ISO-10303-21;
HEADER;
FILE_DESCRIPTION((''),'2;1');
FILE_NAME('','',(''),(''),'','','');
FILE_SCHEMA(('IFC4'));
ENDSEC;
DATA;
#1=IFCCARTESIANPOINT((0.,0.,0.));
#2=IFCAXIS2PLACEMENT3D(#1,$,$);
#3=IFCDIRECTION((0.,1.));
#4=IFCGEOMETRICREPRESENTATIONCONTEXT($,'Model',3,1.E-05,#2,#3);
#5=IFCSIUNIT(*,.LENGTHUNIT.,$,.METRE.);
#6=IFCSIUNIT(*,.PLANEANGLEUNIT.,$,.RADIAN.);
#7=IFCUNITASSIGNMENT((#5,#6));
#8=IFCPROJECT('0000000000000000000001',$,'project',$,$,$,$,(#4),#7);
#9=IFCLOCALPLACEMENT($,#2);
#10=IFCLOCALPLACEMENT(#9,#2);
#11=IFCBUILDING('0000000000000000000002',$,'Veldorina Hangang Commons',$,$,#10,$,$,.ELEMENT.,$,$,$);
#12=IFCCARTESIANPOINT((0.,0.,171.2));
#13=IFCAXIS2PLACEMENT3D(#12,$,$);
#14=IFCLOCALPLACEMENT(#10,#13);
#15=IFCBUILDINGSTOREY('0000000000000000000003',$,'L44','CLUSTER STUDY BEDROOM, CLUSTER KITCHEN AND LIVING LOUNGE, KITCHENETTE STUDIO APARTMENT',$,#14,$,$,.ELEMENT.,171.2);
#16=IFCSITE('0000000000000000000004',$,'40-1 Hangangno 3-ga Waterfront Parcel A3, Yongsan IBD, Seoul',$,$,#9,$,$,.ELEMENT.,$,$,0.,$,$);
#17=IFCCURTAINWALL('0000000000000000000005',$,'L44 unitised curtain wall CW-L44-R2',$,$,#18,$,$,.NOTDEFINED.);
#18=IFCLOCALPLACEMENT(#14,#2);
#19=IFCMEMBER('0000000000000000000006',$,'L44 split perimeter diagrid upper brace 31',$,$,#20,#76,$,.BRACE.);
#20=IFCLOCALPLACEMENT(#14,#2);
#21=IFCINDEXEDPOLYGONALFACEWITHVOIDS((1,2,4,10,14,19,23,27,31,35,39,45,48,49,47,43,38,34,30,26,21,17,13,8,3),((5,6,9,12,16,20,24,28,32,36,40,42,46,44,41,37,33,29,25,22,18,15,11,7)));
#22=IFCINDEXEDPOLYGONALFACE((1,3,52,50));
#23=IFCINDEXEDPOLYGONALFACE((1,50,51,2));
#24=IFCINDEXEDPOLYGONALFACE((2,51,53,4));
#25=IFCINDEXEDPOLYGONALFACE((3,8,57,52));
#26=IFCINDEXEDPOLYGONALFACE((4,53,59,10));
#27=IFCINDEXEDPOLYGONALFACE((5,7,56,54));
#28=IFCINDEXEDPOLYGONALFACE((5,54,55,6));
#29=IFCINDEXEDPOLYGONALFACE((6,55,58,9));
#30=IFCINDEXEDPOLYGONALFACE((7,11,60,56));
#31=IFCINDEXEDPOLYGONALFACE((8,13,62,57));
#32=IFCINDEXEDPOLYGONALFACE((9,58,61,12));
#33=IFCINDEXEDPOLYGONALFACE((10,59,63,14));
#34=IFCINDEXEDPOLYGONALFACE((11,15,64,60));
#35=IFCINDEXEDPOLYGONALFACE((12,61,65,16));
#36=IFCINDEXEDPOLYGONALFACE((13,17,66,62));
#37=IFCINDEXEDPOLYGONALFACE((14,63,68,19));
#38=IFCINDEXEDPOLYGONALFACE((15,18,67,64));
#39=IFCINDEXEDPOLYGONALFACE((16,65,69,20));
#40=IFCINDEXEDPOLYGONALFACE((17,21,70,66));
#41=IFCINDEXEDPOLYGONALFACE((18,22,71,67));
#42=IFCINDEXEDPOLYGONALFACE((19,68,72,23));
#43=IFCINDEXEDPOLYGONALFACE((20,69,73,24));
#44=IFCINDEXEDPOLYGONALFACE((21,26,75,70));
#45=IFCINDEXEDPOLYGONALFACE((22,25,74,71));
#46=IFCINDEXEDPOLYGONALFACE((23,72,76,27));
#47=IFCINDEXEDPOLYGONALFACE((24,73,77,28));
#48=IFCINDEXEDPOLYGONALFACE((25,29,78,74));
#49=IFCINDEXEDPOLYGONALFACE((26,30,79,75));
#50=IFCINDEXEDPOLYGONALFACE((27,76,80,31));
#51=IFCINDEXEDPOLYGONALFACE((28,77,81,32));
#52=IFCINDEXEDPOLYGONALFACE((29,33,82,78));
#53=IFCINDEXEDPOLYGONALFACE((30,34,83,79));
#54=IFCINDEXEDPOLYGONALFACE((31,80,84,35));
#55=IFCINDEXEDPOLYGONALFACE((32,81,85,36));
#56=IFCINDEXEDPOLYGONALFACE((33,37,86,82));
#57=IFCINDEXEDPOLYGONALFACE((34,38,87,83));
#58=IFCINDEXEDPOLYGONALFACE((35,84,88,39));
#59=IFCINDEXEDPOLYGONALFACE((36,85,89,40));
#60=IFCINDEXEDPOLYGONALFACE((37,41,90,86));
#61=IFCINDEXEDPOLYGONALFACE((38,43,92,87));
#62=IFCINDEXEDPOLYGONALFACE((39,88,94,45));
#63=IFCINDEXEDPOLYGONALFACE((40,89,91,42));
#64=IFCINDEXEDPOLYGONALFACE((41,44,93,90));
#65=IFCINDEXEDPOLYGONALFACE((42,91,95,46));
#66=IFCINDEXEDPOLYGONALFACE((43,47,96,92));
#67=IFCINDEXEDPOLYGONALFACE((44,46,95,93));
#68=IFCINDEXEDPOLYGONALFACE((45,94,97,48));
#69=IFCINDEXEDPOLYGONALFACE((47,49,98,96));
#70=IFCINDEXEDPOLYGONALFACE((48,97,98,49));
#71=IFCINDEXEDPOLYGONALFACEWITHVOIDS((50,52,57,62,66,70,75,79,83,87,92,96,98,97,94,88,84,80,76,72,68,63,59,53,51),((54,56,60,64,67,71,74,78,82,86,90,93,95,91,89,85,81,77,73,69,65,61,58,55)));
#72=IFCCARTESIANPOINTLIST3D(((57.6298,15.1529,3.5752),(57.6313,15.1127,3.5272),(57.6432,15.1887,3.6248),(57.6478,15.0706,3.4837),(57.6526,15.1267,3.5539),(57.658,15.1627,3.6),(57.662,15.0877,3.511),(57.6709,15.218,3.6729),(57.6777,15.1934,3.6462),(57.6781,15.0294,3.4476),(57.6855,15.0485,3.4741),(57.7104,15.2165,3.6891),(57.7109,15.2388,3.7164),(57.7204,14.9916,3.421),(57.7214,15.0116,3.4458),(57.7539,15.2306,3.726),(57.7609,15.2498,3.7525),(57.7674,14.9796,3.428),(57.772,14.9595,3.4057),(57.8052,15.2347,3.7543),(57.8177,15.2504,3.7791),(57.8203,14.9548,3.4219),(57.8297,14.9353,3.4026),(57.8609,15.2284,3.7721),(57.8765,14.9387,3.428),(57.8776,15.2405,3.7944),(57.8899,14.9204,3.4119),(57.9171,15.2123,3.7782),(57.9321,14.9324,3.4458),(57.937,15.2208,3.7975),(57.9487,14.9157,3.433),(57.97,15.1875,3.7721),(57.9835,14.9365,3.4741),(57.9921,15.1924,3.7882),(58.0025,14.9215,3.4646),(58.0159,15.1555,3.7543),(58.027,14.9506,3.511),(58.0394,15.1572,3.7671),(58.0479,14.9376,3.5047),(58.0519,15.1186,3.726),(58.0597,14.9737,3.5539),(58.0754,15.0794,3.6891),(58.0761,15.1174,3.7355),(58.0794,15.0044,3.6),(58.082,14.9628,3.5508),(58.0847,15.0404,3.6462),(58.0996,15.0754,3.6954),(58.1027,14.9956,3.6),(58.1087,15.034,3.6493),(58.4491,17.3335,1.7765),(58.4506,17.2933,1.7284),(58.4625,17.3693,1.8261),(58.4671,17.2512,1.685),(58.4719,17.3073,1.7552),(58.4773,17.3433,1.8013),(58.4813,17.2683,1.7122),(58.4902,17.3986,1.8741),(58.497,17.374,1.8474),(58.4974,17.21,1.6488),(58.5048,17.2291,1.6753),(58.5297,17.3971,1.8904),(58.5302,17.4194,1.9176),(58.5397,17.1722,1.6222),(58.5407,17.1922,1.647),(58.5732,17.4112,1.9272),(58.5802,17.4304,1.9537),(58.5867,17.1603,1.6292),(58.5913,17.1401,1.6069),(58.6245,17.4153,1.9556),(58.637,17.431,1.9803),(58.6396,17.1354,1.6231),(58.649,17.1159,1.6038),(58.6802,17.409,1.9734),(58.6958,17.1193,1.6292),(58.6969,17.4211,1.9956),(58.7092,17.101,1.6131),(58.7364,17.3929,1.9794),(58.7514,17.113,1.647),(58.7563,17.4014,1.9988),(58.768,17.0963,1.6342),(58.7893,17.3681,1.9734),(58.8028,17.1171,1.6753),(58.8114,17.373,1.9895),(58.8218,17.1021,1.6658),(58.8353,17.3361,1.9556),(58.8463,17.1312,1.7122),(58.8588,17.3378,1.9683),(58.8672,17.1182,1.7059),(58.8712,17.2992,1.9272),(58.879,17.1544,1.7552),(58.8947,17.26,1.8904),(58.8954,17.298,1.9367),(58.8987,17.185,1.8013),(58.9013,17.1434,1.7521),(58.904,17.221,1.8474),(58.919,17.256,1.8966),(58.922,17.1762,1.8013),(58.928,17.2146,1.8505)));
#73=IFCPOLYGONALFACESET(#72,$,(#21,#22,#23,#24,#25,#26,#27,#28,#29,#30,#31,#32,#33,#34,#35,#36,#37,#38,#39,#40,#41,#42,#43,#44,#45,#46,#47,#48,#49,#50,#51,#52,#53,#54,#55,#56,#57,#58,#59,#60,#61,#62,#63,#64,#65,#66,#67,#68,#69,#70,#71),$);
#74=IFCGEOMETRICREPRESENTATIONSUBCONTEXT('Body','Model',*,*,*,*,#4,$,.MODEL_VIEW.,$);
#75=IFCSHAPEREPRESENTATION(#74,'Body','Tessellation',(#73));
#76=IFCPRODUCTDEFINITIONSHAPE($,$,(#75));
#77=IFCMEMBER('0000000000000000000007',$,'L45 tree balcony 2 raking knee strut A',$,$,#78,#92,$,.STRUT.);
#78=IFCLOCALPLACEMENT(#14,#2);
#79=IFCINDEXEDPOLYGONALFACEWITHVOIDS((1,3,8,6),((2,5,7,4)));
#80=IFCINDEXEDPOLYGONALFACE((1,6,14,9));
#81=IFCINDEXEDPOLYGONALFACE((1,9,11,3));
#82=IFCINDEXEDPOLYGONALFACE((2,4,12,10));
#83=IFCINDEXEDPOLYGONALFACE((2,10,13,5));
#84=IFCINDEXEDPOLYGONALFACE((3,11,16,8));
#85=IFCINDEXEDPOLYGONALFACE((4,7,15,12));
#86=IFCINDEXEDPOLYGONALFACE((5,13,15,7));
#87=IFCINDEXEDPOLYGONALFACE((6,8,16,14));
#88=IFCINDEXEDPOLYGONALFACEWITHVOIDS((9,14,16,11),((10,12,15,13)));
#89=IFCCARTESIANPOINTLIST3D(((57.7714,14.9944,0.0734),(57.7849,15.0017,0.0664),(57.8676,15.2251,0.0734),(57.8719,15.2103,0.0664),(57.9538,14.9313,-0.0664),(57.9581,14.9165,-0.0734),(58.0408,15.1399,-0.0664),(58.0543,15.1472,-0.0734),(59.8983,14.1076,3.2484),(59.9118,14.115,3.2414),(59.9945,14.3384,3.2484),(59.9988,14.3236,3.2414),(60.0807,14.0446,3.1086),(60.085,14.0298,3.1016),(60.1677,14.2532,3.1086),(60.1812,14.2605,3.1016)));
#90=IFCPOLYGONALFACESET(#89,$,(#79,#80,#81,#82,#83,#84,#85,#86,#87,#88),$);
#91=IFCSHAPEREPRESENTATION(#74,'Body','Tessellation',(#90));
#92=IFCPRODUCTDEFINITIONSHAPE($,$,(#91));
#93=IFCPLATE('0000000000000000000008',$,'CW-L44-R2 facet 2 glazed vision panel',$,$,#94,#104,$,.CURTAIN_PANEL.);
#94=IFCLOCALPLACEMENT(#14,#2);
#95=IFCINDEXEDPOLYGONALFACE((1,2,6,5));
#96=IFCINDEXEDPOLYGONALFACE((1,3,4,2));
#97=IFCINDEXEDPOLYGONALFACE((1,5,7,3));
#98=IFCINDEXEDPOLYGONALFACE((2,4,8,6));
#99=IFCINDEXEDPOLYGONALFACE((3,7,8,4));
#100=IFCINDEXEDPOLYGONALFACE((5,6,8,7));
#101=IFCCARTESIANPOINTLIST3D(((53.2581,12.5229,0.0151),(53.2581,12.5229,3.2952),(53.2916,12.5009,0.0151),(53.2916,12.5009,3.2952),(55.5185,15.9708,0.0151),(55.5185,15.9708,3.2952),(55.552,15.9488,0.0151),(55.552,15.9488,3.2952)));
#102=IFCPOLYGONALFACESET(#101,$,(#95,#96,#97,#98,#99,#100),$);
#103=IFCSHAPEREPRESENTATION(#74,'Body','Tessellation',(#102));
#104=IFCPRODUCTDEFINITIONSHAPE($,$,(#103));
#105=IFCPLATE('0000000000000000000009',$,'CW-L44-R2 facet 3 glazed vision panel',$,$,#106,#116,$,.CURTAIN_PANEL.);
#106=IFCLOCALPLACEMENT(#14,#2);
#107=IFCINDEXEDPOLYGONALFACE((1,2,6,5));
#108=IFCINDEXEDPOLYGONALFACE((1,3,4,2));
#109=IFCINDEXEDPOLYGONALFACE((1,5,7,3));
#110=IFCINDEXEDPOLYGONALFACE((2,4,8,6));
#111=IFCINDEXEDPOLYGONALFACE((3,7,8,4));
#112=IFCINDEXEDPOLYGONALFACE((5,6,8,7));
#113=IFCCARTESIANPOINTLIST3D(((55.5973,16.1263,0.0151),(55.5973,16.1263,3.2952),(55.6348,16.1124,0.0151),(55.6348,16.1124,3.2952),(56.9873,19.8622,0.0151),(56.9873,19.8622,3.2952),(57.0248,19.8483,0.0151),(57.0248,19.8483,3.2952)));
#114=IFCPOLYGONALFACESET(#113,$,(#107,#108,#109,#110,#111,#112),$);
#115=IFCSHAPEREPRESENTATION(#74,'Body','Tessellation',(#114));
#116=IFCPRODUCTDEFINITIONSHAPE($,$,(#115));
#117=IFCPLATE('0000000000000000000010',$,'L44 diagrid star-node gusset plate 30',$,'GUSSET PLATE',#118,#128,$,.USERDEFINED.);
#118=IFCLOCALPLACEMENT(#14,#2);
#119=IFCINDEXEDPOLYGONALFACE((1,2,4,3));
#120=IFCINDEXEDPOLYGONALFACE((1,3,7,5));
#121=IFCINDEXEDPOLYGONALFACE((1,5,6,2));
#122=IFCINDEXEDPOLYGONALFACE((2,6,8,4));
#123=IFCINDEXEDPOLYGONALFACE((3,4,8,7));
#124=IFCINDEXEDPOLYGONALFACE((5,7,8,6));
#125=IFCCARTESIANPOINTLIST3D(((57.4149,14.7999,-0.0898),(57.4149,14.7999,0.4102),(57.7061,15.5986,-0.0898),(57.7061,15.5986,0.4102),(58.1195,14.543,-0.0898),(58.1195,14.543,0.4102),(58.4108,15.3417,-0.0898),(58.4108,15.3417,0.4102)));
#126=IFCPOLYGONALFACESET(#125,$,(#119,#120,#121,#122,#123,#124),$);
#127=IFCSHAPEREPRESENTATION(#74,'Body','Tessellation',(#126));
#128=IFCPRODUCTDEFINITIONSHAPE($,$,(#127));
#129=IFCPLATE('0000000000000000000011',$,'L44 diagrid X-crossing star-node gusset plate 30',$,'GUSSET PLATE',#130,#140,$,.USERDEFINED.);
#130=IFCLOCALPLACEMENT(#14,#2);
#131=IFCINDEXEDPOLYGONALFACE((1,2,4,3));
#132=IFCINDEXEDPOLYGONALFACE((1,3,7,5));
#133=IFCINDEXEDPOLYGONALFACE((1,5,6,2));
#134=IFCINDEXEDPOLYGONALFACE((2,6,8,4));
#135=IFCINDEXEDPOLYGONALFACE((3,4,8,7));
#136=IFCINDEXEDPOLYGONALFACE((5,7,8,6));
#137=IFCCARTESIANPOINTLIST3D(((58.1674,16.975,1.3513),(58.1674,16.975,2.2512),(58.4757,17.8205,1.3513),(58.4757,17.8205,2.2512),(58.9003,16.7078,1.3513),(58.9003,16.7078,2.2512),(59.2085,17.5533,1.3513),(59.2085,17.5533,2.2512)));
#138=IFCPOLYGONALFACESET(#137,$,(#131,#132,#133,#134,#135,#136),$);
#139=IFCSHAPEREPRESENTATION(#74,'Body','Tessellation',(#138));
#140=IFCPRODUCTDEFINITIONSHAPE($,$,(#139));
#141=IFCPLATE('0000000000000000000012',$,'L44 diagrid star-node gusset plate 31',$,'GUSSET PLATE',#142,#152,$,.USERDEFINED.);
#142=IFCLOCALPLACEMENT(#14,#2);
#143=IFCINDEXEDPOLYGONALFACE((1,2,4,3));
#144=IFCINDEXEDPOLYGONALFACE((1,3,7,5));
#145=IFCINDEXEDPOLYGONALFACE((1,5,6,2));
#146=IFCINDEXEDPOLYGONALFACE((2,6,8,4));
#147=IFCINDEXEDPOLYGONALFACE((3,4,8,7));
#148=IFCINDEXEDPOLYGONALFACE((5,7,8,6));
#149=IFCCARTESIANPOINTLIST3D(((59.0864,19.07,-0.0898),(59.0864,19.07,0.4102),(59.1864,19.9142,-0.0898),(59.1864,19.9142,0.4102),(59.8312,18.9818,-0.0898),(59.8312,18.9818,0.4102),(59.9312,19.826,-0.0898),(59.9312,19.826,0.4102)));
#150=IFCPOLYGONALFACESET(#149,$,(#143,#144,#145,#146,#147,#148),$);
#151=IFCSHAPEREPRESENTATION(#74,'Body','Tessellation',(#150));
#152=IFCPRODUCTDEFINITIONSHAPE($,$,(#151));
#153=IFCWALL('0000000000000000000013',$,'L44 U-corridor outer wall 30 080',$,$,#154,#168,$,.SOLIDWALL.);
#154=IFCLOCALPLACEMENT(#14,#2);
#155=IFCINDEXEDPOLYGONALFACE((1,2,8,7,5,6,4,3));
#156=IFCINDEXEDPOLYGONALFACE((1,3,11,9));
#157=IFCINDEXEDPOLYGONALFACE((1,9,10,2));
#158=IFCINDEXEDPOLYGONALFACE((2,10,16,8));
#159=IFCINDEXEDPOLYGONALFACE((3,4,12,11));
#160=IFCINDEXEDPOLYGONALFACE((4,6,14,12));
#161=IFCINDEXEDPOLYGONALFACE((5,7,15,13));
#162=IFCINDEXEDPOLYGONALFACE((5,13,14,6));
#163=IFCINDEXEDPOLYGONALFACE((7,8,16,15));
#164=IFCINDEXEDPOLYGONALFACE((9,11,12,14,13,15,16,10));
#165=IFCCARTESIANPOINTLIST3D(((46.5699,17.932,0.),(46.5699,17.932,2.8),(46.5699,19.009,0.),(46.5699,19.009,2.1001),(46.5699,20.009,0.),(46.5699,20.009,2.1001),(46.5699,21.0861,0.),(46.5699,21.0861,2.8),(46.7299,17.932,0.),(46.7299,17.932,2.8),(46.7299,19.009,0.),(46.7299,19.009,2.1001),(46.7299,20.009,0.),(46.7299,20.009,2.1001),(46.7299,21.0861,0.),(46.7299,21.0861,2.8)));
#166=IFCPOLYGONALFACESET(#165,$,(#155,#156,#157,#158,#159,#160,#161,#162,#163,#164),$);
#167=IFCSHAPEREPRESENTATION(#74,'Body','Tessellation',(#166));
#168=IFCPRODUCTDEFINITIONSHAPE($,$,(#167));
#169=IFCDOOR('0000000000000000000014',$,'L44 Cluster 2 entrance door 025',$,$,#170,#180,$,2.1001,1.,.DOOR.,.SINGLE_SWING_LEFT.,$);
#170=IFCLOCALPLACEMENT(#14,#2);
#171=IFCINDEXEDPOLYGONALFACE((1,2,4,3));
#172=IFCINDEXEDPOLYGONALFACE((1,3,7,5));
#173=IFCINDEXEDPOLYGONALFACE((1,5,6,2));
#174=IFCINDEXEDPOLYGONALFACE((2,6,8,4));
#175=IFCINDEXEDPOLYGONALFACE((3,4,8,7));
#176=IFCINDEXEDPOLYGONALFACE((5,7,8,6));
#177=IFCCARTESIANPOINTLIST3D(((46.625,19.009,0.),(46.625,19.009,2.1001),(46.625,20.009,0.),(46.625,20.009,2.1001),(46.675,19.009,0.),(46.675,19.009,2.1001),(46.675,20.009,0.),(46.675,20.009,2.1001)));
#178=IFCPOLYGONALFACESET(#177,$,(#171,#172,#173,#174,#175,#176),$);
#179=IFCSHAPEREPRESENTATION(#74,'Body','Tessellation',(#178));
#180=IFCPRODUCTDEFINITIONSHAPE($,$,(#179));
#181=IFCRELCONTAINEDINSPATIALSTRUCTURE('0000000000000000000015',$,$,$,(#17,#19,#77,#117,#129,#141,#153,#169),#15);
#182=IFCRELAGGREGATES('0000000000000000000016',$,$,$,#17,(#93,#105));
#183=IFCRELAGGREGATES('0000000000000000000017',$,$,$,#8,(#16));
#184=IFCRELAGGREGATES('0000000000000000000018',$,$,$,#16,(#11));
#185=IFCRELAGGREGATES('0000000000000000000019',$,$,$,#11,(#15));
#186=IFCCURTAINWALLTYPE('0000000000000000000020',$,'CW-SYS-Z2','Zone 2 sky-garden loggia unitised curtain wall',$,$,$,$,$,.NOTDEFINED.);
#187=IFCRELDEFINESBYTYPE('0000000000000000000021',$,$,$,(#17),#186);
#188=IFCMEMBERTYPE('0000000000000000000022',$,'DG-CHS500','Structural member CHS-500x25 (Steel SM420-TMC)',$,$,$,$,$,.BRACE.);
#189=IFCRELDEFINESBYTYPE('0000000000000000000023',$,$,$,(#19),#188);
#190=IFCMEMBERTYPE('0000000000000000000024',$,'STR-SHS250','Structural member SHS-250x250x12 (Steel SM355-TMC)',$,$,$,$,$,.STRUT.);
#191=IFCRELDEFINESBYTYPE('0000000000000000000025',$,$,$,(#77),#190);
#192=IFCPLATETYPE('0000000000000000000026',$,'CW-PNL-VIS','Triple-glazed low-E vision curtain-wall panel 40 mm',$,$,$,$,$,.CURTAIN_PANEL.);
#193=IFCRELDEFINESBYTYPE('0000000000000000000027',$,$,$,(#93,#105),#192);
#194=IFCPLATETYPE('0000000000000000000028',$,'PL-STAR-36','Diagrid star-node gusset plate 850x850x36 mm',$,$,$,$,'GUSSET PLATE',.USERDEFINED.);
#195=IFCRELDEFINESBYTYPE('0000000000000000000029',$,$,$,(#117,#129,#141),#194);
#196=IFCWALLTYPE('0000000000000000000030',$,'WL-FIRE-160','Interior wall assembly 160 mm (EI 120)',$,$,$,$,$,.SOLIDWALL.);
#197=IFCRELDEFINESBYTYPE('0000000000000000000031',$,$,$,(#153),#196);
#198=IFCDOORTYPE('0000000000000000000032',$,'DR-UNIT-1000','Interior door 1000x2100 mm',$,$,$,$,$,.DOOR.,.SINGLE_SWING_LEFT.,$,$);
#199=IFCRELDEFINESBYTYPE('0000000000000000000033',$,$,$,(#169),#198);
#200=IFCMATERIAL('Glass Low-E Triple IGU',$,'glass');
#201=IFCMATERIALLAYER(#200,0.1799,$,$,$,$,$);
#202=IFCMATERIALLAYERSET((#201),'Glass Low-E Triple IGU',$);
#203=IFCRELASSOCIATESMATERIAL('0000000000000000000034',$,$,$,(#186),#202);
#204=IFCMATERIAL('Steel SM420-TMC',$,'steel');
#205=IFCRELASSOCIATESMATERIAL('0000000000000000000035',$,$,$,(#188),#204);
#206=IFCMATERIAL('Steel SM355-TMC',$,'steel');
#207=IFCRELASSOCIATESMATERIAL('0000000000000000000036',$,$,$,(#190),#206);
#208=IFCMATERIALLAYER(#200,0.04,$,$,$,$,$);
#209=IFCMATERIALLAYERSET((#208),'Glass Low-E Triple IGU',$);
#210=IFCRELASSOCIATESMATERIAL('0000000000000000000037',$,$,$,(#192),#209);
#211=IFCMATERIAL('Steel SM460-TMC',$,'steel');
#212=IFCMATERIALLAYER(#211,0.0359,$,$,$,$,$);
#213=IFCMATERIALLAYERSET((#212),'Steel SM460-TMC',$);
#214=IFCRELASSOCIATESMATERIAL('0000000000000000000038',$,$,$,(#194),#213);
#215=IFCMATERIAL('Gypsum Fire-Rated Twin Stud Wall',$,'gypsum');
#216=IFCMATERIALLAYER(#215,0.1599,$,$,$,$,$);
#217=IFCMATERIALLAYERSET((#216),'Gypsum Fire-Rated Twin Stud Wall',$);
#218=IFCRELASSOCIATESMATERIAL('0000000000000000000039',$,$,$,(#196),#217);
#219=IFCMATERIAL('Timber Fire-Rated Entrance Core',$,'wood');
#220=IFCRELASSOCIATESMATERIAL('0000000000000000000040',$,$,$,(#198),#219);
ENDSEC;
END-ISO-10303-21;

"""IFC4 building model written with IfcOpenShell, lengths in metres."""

from ifc_helpers import new_model, si_unit, direction, frame, frame_2d, origin, origin_2d, place, context, subcontext, project, spatial, rectangle, hollow_rectangle, hollow_circle, extrude, material, layer, layer_set, material_profile, profile_set, type_object, element, fill, aggregate, save


model = new_model("IFC4")

# Units and contexts
model_context = context("Model", 3, precision=1e-05, world=origin(), true_north=direction((0.0, 1.0)))
body_context = subcontext(model_context, "Body", "Model", "MODEL_VIEW")
ifc_project = project(units=[si_unit("LENGTHUNIT", "METRE"), si_unit("PLANEANGLEUNIT", "RADIAN")], contexts=[model_context])

# Site, building, storey
site_placement = place(None, origin())
site = spatial("IfcSite", under=ifc_project, at=site_placement, Name="40-1 Hangangno 3-ga Waterfront Parcel A3, Yongsan IBD, Seoul", CompositionType="ELEMENT", RefElevation=0.0)
building_placement = place(site_placement, origin())
building = spatial("IfcBuilding", under=site, at=building_placement, Name="Veldorina Hangang Commons", CompositionType="ELEMENT")
storey_placement = place(building_placement, frame((0.0, 0.0, 171.2)))
storey = spatial("IfcBuildingStorey", under=building, at=storey_placement, Name="L44", Description="CLUSTER STUDY BEDROOM, CLUSTER KITCHEN AND LIVING LOUNGE, KITCHENETTE STUDIO APARTMENT", CompositionType="ELEMENT", Elevation=171.2)

# Shared definitions
ifc_material_1 = material(Name="Steel SM355-TMC", Category="steel")
ifc_material_2 = material(Name="Steel SM420-TMC", Category="steel")

# Curtain wall
ifc_material_3 = material(Name="Glass Low-E Triple IGU", Category="glass")
ifc_layer_1 = layer(ifc_material_3, 0.1799)
ifc_layer_set_1 = layer_set([ifc_layer_1], Name="Glass Low-E Triple IGU")
curtain_wall_type = type_object("IfcCurtainWallType", Name="CW-SYS-Z2", Description="Zone 2 sky-garden loggia unitised curtain wall", PredefinedType="NOTDEFINED", material=ifc_layer_set_1)
curtain_wall_placement = place(storey_placement, origin())
curtain_wall = element("IfcCurtainWall", 1, at=curtain_wall_placement, inside=storey, type_object=curtain_wall_type, Name="L44 unitised curtain wall CW-L44-R2", PredefinedType="NOTDEFINED")

# Members
ifc_material_profile_1 = material_profile(ifc_material_2, hollow_circle(Radius=0.25, WallThickness=0.0249, at=origin_2d()), Name="CHS-500x25")
ifc_profile_set_1 = profile_set([ifc_material_profile_1], Name="Steel SM420-TMC")
member_type_1 = type_object("IfcMemberType", Name="DG-CHS500", Description="Structural member CHS-500x25 (Steel SM420-TMC)", PredefinedType="BRACE", material=ifc_profile_set_1)
member_1_placement = place(storey_placement, frame((58.688, 17.2642, 1.8013), z_axis=(-0.278383, -0.740918, 0.611182), x_axis=(0.936105, -0.351721, 0.0)))
element("IfcMember", 2, at=member_1_placement, inside=storey, type_object=member_type_1, Name="L44 split perimeter diagrid upper brace 31", PredefinedType="BRACE", context=body_context, shape_type="SweptSolid", body=[
    extrude(hollow_circle(Radius=0.25, WallThickness=0.0249, at=origin_2d()), origin(), (0.0, 0.0, 1.0), 2.9431),
])
ifc_material_profile_2 = material_profile(ifc_material_1, hollow_rectangle(XDim=0.25, YDim=0.25, WallThickness=0.012, at=origin_2d()), Name="SHS-250x250x12")
ifc_profile_set_2 = profile_set([ifc_material_profile_2], Name="Steel SM355-TMC")
member_type_2 = type_object("IfcMemberType", Name="STR-SHS250", Description="Structural member SHS-250x250x12 (Steel SM355-TMC)", PredefinedType="STRUT", material=ifc_profile_set_2)
member_2_placement = place(storey_placement, frame((57.9128, 15.0708, 0.0), z_axis=(0.542154, -0.226022, 0.80931), x_axis=(0.384796, 0.923002, 0.0)))
element("IfcMember", 3, at=member_2_placement, inside=storey, type_object=member_type_2, Name="L45 tree balcony 2 raking knee strut A", PredefinedType="STRUT", context=body_context, shape_type="SweptSolid", body=[
    extrude(hollow_rectangle(XDim=0.25, YDim=0.25, WallThickness=0.012, at=origin_2d()), origin(), (0.0, 0.0, 1.0), 3.9231),
])

# Plates
ifc_layer_2 = layer(ifc_material_3, 0.04)
ifc_layer_set_2 = layer_set([ifc_layer_2], Name="Glass Low-E Triple IGU")
plate_type_1 = type_object("IfcPlateType", Name="CW-PNL-VIS", Description="Triple-glazed low-E vision curtain-wall panel 40 mm", PredefinedType="CURTAIN_PANEL", material=ifc_layer_set_2)
plate_1_placement = place(storey_placement, frame((54.405, 14.2358, 0.0151), z_axis=(0.0, 0.0, 1.0), x_axis=(0.548264, 0.836305, 0.0)))
plate_1 = element("IfcPlate", 4, at=plate_1_placement, type_object=plate_type_1, Name="CW-L44-R2 facet 2 glazed vision panel", PredefinedType="CURTAIN_PANEL", context=body_context, shape_type="SweptSolid", body=[
    extrude(rectangle(XDim=4.1228, YDim=0.04, at=origin_2d()), origin(), (0.0, 0.0, 1.0), 3.28),
])
plate_2_placement = place(storey_placement, frame((56.311, 17.9873, 0.0151), z_axis=(0.0, 0.0, 1.0), x_axis=(0.348703, 0.937233, 0.0)))
plate_2 = element("IfcPlate", 5, at=plate_2_placement, type_object=plate_type_1, Name="CW-L44-R2 facet 3 glazed vision panel", PredefinedType="CURTAIN_PANEL", context=body_context, shape_type="SweptSolid", body=[
    extrude(rectangle(XDim=3.9861, YDim=0.04, at=origin_2d()), origin(), (0.0, 0.0, 1.0), 3.28),
])
aggregate(curtain_wall, [plate_1, plate_2])

# Plates
ifc_material_4 = material(Name="Steel SM460-TMC", Category="steel")
ifc_layer_3 = layer(ifc_material_4, 0.0359)
ifc_layer_set_3 = layer_set([ifc_layer_3], Name="Steel SM460-TMC")
plate_type_2 = type_object("IfcPlateType", Name="PL-STAR-36", Description="Diagrid star-node gusset plate 850x850x36 mm", ElementType="GUSSET PLATE", PredefinedType="USERDEFINED", material=ifc_layer_set_3)
plate_3_placement = place(storey_placement, frame((57.9128, 15.0708, -0.0898), z_axis=(0.0, 0.0, 1.0), x_axis=(0.342578, 0.939489, 0.0)))
element("IfcPlate", 6, at=plate_3_placement, inside=storey, type_object=plate_type_2, Name="L44 diagrid star-node gusset plate 30", ObjectType="GUSSET PLATE", PredefinedType="USERDEFINED", context=body_context, shape_type="SweptSolid", body=[
    extrude(rectangle(XDim=0.8501, YDim=0.75, at=origin_2d()), origin(), (0.0, 0.0, 1.0), 0.5),
])
plate_4_placement = place(storey_placement, frame((58.688, 17.2642, 1.3513), z_axis=(0.0, 0.0, 1.0), x_axis=(0.342578, 0.939489, 0.0)))
element("IfcPlate", 7, at=plate_4_placement, inside=storey, type_object=plate_type_2, Name="L44 diagrid X-crossing star-node gusset plate 30", ObjectType="GUSSET PLATE", PredefinedType="USERDEFINED", context=body_context, shape_type="SweptSolid", body=[
    extrude(rectangle(XDim=0.8999, YDim=0.78, at=origin_2d()), origin(), (0.0, 0.0, 1.0), 0.8999),
])
plate_5_placement = place(storey_placement, frame((59.5088, 19.448, -0.0898), z_axis=(0.0, 0.0, 1.0), x_axis=(0.117572, 0.993064, 0.0)))
element("IfcPlate", 8, at=plate_5_placement, inside=storey, type_object=plate_type_2, Name="L44 diagrid star-node gusset plate 31", ObjectType="GUSSET PLATE", PredefinedType="USERDEFINED", context=body_context, shape_type="SweptSolid", body=[
    extrude(rectangle(XDim=0.8501, YDim=0.75, at=origin_2d()), origin(), (0.0, 0.0, 1.0), 0.5),
])

# Wall, opening, door
ifc_material_5 = material(Name="Gypsum Fire-Rated Twin Stud Wall", Category="gypsum")
ifc_layer_4 = layer(ifc_material_5, 0.1599)
ifc_layer_set_4 = layer_set([ifc_layer_4], Name="Gypsum Fire-Rated Twin Stud Wall")
wall_type_1 = type_object("IfcWallType", Name="WL-FIRE-160", Description="Interior wall assembly 160 mm (EI 120)", PredefinedType="SOLIDWALL", material=ifc_layer_set_4)
wall_1_placement = place(storey_placement, frame((46.6499, 17.9319, 0.0), z_axis=(0.0, 0.0, 1.0), x_axis=(0.0, 1.0, 0.0)))
wall_1 = element("IfcWall", 9, at=wall_1_placement, inside=storey, type_object=wall_type_1, Name="L44 U-corridor outer wall 30 080", PredefinedType="SOLIDWALL", context=body_context, shape_type="SweptSolid", body=[
    extrude(rectangle(XDim=3.1541, YDim=0.1599, at=frame_2d((1.5771, 0.0))), origin(), (0.0, 0.0, 1.0), 2.8),
])
opening_1_placement = place(wall_1_placement, frame((1.0771, 0.0, 0.0)))
opening_1 = element("IfcOpeningElement", 10, at=opening_1_placement, cuts=wall_1, PredefinedType="OPENING", context=body_context, shape_type="SweptSolid", body=[
    extrude(rectangle(XDim=1.0, YDim=2.1001, at=frame_2d((0.5, 1.05))), frame((0.0, 0.0898, 0.0), z_axis=(0.0, -1.0, 0.0), x_axis=(1.0, 0.0, 0.0)), (0.0, 0.0, 1.0), 0.1799),
])
ifc_material_6 = material(Name="Timber Fire-Rated Entrance Core", Category="wood")
door_type_1 = type_object("IfcDoorType", Name="DR-UNIT-1000", Description="Interior door 1000x2100 mm", OperationType="SINGLE_SWING_LEFT", PredefinedType="DOOR", material=ifc_material_6)
door_1_placement = place(opening_1_placement, origin())
door_1 = element("IfcDoor", 11, at=door_1_placement, inside=storey, type_object=door_type_1, Name="L44 Cluster 2 entrance door 025", OperationType="SINGLE_SWING_LEFT", OverallHeight=2.1001, OverallWidth=1.0, PredefinedType="DOOR", context=body_context, shape_type="SweptSolid", body=[
    extrude(rectangle(XDim=1.0, YDim=2.1001, at=frame_2d((0.5, 1.05))), frame((0.0, 0.0249, 0.0), z_axis=(0.0, -1.0, 0.0), x_axis=(1.0, 0.0, 0.0)), (0.0, 0.0, 1.0), 0.05),
])
fill(opening_1, door_1)

save(model, "model.ifc")
